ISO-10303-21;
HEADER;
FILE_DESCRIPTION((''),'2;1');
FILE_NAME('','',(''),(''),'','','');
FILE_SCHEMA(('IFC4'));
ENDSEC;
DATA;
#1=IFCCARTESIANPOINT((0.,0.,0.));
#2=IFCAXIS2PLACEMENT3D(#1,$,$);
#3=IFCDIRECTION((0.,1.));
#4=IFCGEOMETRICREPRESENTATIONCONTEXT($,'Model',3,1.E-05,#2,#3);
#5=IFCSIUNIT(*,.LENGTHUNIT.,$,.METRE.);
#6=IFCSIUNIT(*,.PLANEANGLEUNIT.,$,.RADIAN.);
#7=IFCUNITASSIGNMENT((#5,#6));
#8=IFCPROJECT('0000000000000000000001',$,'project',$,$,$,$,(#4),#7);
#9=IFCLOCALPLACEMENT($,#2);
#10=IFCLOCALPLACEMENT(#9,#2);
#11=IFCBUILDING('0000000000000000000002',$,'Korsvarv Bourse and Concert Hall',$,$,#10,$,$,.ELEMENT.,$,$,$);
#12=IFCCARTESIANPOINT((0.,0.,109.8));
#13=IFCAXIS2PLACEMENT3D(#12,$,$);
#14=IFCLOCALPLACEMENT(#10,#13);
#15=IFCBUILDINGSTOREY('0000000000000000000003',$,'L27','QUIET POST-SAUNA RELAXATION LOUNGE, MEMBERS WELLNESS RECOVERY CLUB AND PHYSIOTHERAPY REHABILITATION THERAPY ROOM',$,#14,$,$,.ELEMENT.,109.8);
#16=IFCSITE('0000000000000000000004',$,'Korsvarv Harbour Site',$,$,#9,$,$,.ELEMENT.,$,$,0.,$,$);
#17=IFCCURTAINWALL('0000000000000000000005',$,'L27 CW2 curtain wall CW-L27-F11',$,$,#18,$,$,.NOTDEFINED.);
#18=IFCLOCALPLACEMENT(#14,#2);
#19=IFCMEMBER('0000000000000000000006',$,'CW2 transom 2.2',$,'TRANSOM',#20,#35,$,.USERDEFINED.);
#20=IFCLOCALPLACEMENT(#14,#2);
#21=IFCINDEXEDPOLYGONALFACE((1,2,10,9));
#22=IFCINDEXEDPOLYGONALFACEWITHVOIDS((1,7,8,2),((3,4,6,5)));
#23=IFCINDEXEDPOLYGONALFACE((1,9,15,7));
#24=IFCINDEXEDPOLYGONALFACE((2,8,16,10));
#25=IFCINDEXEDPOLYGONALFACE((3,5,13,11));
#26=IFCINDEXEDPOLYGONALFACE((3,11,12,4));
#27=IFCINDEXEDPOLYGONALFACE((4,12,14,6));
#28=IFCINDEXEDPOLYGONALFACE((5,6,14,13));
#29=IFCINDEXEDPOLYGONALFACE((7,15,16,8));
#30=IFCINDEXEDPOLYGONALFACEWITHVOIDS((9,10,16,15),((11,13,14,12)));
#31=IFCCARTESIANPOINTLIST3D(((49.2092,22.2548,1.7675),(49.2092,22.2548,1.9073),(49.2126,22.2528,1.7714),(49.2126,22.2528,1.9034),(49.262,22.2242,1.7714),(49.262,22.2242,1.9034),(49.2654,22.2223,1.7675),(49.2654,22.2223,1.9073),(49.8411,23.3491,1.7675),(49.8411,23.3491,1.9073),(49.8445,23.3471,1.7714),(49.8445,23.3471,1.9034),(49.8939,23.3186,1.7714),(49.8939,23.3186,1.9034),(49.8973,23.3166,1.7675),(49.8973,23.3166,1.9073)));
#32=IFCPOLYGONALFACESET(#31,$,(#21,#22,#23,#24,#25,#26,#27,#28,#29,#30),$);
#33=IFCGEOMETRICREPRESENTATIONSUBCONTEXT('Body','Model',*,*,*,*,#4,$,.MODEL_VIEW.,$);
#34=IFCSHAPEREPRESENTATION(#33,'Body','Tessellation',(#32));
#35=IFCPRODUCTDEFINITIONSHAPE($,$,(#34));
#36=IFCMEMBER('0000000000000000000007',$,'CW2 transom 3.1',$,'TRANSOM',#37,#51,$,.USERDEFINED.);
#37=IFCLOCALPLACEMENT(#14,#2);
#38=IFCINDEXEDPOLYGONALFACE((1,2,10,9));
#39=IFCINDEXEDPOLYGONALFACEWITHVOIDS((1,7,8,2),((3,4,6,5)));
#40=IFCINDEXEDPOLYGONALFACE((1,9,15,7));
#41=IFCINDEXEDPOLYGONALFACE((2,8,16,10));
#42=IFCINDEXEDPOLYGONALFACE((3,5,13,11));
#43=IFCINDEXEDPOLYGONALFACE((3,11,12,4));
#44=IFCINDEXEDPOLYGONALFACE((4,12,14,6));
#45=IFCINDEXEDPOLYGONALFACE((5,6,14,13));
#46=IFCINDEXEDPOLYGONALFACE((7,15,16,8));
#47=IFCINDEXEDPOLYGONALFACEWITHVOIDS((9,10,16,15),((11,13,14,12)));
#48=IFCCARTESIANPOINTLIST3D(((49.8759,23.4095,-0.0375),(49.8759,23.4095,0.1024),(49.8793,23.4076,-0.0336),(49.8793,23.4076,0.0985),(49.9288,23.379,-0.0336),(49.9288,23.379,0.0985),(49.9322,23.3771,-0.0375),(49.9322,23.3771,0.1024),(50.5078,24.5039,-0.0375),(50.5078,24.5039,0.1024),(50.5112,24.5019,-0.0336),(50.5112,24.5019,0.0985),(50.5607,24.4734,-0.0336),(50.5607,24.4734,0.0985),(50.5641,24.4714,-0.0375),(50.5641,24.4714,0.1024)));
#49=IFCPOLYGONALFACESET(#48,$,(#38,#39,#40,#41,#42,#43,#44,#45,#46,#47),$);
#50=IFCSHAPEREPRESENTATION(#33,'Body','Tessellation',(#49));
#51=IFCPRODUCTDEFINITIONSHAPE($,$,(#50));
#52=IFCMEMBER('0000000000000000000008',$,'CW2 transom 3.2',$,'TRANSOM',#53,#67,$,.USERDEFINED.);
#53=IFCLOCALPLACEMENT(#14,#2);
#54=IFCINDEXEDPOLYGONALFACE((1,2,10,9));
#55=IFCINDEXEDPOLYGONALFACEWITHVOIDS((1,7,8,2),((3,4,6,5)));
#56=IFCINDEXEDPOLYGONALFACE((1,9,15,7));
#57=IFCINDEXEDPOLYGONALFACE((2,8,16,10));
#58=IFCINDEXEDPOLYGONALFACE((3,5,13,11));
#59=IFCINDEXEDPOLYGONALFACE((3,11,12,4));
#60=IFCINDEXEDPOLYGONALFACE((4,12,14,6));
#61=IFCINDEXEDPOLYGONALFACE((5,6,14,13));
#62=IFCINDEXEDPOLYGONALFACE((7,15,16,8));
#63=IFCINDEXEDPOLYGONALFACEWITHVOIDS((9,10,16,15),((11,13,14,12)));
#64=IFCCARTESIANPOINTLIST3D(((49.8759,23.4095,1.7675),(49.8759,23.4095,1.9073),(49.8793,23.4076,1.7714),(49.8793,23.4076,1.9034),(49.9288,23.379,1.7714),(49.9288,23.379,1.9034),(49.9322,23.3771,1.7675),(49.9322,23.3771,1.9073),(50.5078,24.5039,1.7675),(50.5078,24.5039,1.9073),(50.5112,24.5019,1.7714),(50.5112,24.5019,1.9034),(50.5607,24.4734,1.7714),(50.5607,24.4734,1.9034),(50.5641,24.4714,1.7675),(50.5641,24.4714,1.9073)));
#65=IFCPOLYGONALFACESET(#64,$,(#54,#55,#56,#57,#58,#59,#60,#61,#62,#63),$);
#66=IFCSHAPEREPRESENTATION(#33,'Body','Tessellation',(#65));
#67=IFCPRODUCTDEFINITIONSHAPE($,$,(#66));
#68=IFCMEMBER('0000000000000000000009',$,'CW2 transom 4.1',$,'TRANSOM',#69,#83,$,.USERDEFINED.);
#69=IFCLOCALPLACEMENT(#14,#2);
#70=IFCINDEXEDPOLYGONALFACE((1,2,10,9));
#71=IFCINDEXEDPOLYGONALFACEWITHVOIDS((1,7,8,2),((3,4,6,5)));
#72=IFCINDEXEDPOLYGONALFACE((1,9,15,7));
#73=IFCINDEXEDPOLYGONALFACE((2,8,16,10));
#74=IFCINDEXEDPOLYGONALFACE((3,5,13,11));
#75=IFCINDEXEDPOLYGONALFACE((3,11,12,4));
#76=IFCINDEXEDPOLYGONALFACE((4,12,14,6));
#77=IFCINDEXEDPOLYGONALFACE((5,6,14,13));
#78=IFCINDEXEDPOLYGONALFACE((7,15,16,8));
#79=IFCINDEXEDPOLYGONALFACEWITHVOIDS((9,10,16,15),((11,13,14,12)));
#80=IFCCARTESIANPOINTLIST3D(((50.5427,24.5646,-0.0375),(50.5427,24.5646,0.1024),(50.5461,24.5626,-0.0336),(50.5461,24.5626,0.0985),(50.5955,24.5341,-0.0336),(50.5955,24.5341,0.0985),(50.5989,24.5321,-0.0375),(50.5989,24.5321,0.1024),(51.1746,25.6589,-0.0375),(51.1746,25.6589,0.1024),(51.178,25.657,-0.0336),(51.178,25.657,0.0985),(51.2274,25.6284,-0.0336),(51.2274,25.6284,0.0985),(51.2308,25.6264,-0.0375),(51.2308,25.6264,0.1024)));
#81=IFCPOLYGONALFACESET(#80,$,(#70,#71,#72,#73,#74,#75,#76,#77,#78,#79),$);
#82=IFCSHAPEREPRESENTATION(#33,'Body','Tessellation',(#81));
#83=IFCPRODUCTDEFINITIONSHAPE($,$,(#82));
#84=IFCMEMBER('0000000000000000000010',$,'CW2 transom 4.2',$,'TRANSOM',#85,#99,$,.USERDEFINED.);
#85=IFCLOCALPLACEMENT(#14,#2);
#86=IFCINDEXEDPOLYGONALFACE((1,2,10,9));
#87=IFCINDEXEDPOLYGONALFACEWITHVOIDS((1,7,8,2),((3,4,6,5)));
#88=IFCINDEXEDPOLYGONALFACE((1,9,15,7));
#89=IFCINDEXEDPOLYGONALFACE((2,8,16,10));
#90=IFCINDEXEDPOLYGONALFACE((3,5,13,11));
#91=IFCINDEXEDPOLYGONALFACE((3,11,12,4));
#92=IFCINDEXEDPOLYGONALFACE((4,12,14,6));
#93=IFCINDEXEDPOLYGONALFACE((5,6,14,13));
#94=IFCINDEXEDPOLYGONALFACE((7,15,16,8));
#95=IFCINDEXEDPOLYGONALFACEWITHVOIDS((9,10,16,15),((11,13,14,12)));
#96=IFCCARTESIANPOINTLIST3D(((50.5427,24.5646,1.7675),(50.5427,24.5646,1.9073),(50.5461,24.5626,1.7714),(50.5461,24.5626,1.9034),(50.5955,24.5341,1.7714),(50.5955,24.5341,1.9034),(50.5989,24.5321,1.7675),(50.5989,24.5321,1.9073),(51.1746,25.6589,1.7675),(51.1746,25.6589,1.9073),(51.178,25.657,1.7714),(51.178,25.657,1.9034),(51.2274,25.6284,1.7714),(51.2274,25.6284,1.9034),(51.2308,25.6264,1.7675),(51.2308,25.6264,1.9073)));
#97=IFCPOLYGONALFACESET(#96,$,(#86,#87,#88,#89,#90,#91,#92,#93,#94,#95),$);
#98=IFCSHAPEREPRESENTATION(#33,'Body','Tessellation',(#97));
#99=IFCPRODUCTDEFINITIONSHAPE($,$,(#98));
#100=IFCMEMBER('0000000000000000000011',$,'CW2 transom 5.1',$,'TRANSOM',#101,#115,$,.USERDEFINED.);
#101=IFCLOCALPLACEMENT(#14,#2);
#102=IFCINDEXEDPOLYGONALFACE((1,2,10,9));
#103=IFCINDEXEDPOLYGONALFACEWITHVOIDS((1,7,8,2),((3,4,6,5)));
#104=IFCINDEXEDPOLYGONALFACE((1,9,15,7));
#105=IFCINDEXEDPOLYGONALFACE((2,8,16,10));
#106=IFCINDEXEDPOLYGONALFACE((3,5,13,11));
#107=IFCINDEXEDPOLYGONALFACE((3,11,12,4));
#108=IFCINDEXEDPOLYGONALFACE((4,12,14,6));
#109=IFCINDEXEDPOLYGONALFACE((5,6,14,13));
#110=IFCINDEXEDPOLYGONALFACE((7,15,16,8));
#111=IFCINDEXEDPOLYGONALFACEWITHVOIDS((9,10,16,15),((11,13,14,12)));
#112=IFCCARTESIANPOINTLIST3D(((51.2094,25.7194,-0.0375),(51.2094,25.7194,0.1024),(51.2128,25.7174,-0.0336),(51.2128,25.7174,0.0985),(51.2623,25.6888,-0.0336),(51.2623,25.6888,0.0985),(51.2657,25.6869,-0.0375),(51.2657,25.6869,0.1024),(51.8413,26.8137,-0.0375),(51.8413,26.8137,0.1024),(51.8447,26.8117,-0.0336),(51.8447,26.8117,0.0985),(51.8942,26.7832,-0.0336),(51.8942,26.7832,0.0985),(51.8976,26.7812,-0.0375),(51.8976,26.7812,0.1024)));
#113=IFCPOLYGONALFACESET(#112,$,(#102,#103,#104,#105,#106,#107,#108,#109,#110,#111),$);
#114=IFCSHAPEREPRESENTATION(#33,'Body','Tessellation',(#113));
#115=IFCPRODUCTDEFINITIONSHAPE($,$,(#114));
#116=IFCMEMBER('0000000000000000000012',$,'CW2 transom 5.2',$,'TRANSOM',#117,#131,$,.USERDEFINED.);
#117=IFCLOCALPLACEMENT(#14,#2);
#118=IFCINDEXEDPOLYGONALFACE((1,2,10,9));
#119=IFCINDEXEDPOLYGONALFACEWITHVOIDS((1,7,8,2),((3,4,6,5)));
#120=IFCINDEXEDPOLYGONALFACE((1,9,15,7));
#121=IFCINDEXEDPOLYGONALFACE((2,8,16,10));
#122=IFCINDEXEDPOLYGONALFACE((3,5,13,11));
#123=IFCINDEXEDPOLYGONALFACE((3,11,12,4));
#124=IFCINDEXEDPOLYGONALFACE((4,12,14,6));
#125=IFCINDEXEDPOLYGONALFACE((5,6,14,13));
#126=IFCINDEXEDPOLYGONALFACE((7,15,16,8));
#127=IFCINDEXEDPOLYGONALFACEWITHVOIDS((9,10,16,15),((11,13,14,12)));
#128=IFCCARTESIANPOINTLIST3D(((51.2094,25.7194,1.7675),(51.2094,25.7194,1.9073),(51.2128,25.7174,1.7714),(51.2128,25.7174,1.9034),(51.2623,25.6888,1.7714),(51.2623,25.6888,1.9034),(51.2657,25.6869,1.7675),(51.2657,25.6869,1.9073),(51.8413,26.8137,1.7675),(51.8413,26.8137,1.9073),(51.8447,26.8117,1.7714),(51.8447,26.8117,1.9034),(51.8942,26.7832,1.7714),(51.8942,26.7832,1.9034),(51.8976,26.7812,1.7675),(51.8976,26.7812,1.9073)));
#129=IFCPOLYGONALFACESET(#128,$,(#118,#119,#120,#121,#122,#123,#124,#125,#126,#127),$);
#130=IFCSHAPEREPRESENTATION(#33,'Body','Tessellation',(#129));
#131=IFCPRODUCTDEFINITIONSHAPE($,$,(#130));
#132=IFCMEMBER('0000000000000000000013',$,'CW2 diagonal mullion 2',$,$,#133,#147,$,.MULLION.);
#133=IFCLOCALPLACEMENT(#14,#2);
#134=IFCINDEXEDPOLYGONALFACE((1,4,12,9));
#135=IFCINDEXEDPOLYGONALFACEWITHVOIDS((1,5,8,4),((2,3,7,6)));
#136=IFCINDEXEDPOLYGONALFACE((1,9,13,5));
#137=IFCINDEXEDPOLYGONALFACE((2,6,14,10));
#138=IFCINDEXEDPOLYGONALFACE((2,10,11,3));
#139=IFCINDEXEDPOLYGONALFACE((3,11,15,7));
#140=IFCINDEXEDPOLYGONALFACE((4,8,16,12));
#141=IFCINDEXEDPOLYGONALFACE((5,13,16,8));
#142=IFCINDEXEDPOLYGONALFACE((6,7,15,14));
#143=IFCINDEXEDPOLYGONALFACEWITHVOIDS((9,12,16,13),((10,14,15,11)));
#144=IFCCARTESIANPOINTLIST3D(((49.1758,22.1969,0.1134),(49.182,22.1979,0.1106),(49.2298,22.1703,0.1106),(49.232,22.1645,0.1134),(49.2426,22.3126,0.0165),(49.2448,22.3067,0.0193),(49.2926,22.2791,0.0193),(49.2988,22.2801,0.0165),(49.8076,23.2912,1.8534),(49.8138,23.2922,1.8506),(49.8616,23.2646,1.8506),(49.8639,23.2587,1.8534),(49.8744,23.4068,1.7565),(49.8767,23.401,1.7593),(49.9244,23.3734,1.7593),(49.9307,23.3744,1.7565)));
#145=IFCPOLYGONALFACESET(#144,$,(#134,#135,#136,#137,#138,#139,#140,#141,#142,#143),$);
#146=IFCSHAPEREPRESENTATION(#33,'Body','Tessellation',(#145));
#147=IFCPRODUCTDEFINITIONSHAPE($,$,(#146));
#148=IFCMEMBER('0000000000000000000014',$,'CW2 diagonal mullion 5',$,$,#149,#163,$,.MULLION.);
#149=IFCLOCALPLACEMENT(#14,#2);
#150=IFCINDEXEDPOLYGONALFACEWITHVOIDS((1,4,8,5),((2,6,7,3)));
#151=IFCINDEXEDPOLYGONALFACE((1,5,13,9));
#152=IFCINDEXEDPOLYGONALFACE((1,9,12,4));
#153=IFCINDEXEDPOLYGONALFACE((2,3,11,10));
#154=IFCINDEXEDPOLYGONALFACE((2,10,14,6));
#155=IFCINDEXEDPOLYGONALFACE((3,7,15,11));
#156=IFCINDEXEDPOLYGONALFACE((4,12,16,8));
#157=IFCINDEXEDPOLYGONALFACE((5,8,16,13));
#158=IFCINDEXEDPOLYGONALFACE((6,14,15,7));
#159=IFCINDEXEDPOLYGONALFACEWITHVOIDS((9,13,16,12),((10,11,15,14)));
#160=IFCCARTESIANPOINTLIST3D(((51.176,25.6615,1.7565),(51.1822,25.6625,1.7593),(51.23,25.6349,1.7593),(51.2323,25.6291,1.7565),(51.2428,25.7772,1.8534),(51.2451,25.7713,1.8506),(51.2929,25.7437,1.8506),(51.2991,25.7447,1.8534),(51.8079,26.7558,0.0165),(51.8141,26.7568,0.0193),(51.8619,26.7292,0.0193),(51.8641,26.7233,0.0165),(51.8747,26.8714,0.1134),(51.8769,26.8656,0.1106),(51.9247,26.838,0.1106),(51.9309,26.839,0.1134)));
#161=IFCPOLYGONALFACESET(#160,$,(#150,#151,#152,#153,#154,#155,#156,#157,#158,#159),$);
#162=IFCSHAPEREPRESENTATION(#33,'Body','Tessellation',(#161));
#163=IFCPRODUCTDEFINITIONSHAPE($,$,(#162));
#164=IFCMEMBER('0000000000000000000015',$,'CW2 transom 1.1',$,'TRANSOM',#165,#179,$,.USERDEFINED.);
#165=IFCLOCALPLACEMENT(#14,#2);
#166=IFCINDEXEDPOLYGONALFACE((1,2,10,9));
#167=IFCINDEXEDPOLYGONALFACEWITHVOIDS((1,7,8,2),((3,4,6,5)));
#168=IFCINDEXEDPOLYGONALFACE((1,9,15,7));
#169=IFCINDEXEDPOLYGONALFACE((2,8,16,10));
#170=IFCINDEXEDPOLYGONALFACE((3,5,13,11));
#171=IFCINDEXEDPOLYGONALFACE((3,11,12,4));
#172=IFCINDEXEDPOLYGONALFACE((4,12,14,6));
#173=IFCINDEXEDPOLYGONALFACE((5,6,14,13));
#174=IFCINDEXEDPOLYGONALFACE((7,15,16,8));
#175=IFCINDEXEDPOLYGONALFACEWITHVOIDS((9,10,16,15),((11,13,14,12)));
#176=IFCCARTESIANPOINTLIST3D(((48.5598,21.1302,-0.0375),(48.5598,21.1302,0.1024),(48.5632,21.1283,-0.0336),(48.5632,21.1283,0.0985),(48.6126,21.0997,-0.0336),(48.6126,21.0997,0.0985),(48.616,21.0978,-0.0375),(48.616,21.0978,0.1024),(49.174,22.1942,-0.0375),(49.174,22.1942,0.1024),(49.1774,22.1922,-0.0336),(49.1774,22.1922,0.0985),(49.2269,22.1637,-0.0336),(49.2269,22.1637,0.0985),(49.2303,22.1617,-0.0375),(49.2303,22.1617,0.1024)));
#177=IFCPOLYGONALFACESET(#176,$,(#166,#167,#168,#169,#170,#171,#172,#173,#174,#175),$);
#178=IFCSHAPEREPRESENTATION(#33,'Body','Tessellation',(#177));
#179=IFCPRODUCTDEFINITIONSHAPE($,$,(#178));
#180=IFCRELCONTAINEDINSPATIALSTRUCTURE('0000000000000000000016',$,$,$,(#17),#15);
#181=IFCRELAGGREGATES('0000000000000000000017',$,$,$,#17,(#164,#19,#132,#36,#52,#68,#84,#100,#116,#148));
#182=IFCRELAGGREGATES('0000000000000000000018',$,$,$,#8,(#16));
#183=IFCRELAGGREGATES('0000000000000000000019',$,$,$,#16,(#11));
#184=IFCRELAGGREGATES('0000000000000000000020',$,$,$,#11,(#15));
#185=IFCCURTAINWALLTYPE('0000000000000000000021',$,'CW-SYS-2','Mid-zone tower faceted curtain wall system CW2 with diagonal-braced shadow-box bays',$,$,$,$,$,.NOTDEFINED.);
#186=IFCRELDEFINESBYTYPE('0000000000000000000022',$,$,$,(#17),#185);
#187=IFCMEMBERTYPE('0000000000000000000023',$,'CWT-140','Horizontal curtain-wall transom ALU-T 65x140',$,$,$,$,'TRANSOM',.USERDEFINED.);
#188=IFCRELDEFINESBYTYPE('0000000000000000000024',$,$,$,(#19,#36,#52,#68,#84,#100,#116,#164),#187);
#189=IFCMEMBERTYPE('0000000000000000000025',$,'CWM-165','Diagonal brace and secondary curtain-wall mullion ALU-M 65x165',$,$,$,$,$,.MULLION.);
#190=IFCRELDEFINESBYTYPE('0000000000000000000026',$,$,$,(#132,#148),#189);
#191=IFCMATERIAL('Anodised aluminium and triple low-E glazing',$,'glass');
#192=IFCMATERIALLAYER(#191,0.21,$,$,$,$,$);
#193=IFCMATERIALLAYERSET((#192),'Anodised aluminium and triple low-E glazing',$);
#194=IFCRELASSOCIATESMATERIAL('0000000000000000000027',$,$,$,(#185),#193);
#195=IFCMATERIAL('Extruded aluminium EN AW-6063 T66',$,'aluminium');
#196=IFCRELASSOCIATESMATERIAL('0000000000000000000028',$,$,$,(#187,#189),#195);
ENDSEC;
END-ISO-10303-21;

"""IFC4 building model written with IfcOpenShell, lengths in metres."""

from ifc_helpers import new_model, si_unit, direction, frame, origin, origin_2d, place, context, subcontext, project, spatial, hollow_rectangle, extrude, source, transform, mapped, material, layer, layer_set, material_profile, profile_set, type_object, element, aggregate, save


model = new_model("IFC4")

# Units and contexts
model_context = context("Model", 3, precision=1e-05, world=origin(), true_north=direction((0.0, 1.0)))
body_context = subcontext(model_context, "Body", "Model", "MODEL_VIEW")
ifc_project = project(units=[si_unit("LENGTHUNIT", "METRE"), si_unit("PLANEANGLEUNIT", "RADIAN")], contexts=[model_context])

# Site, building, storey
site_placement = place(None, origin())
site = spatial("IfcSite", under=ifc_project, at=site_placement, Name="Korsvarv Harbour Site", CompositionType="ELEMENT", RefElevation=0.0)
building_placement = place(site_placement, origin())
building = spatial("IfcBuilding", under=site, at=building_placement, Name="Korsvarv Bourse and Concert Hall", CompositionType="ELEMENT")
storey_placement = place(building_placement, frame((0.0, 0.0, 109.8)))
storey = spatial("IfcBuildingStorey", under=building, at=storey_placement, Name="L27", Description="QUIET POST-SAUNA RELAXATION LOUNGE, MEMBERS WELLNESS RECOVERY CLUB AND PHYSIOTHERAPY REHABILITATION THERAPY ROOM", CompositionType="ELEMENT", Elevation=109.8)

# Curtain wall, members
ifc_material_1 = material(Name="Anodised aluminium and triple low-E glazing", Category="glass")
ifc_layer_1 = layer(ifc_material_1, 0.21)
ifc_layer_set_1 = layer_set([ifc_layer_1], Name="Anodised aluminium and triple low-E glazing")
curtain_wall_type = type_object("IfcCurtainWallType", Name="CW-SYS-2", Description="Mid-zone tower faceted curtain wall system CW2 with diagonal-braced shadow-box bays", PredefinedType="NOTDEFINED", material=ifc_layer_set_1)
curtain_wall_placement = place(storey_placement, origin())
curtain_wall = element("IfcCurtainWall", 1, at=curtain_wall_placement, inside=storey, type_object=curtain_wall_type, Name="L27 CW2 curtain wall CW-L27-F11", PredefinedType="NOTDEFINED")
ifc_material_2 = material(Name="Extruded aluminium EN AW-6063 T66", Category="aluminium")
ifc_material_profile_1 = material_profile(ifc_material_2, hollow_rectangle(XDim=0.0649, YDim=0.1399, WallThickness=0.0039, at=origin_2d()), Name="ALU-T 65x140")
ifc_profile_set_1 = profile_set([ifc_material_profile_1], Name="Extruded aluminium EN AW-6063 T66")
member_type_1 = type_object("IfcMemberType", Name="CWT-140", Description="Horizontal curtain-wall transom ALU-T 65x140", ElementType="TRANSOM", PredefinedType="USERDEFINED", material=ifc_profile_set_1)
shared_shape_1 = source(origin(), body_context, "Body", "SweptSolid", [
    extrude(hollow_rectangle(XDim=0.0649, YDim=0.1399, WallThickness=0.0039, at=origin_2d()), origin(), (0.0, 0.0, 1.0), 1.2637),
])
member_1_placement = place(storey_placement, frame((49.2373, 22.2385, 1.8374), z_axis=(0.500046, 0.865999, 0.0), x_axis=(-0.865999, 0.500046, 0.0)))
member_1 = element("IfcMember", 2, at=member_1_placement, type_object=member_type_1, Name="CW2 transom 2.2", ObjectType="TRANSOM", PredefinedType="USERDEFINED", context=body_context, shape_type="MappedRepresentation", body=[
    mapped(shared_shape_1, transform((0.0, 0.0, 0.0), scale=1.0)),
])
member_2_placement = place(storey_placement, frame((49.9041, 23.3933, 0.0325), z_axis=(0.500046, 0.865999, 0.0), x_axis=(-0.865999, 0.500046, 0.0)))
member_2 = element("IfcMember", 3, at=member_2_placement, type_object=member_type_1, Name="CW2 transom 3.1", ObjectType="TRANSOM", PredefinedType="USERDEFINED", context=body_context, shape_type="MappedRepresentation", body=[
    mapped(shared_shape_1, transform((0.0, 0.0, 0.0), scale=1.0)),
])
member_3_placement = place(storey_placement, frame((49.9041, 23.3933, 1.8374), z_axis=(0.500046, 0.865999, 0.0), x_axis=(-0.865999, 0.500046, 0.0)))
member_3 = element("IfcMember", 4, at=member_3_placement, type_object=member_type_1, Name="CW2 transom 3.2", ObjectType="TRANSOM", PredefinedType="USERDEFINED", context=body_context, shape_type="MappedRepresentation", body=[
    mapped(shared_shape_1, transform((0.0, 0.0, 0.0), scale=1.0)),
])
member_4_placement = place(storey_placement, frame((50.5708, 24.5483, 0.0325), z_axis=(0.500046, 0.865999, 0.0), x_axis=(-0.865999, 0.500046, 0.0)))
member_4 = element("IfcMember", 5, at=member_4_placement, type_object=member_type_1, Name="CW2 transom 4.1", ObjectType="TRANSOM", PredefinedType="USERDEFINED", context=body_context, shape_type="MappedRepresentation", body=[
    mapped(shared_shape_1, transform((0.0, 0.0, 0.0), scale=1.0)),
])
member_5_placement = place(storey_placement, frame((50.5708, 24.5483, 1.8374), z_axis=(0.500046, 0.865999, 0.0), x_axis=(-0.865999, 0.500046, 0.0)))
member_5 = element("IfcMember", 6, at=member_5_placement, type_object=member_type_1, Name="CW2 transom 4.2", ObjectType="TRANSOM", PredefinedType="USERDEFINED", context=body_context, shape_type="MappedRepresentation", body=[
    mapped(shared_shape_1, transform((0.0, 0.0, 0.0), scale=1.0)),
])
member_6_placement = place(storey_placement, frame((51.2375, 25.7031, 0.0325), z_axis=(0.500046, 0.865999, 0.0), x_axis=(-0.865999, 0.500046, 0.0)))
member_6 = element("IfcMember", 7, at=member_6_placement, type_object=member_type_1, Name="CW2 transom 5.1", ObjectType="TRANSOM", PredefinedType="USERDEFINED", context=body_context, shape_type="MappedRepresentation", body=[
    mapped(shared_shape_1, transform((0.0, 0.0, 0.0), scale=1.0)),
])
member_7_placement = place(storey_placement, frame((51.2375, 25.7031, 1.8374), z_axis=(0.500046, 0.865999, 0.0), x_axis=(-0.865999, 0.500046, 0.0)))
member_7 = element("IfcMember", 8, at=member_7_placement, type_object=member_type_1, Name="CW2 transom 5.2", ObjectType="TRANSOM", PredefinedType="USERDEFINED", context=body_context, shape_type="MappedRepresentation", body=[
    mapped(shared_shape_1, transform((0.0, 0.0, 0.0), scale=1.0)),
])
ifc_material_profile_2 = material_profile(ifc_material_2, hollow_rectangle(XDim=0.0649, YDim=0.165, WallThickness=0.0049, at=origin_2d()), Name="ALU-M 65x165")
ifc_profile_set_2 = profile_set([ifc_material_profile_2], Name="Extruded aluminium EN AW-6063 T66")
member_type_2 = type_object("IfcMemberType", Name="CWM-165", Description="Diagonal brace and secondary curtain-wall mullion ALU-M 65x165", PredefinedType="MULLION", material=ifc_profile_set_2)
shared_shape_2 = source(origin(), body_context, "Body", "SweptSolid", [
    extrude(hollow_rectangle(XDim=0.0649, YDim=0.165, WallThickness=0.0049, at=origin_2d()), origin(), (0.0, 0.0, 1.0), 2.1504),
])
member_8_placement = place(storey_placement, frame((49.2373, 22.2385, 0.0649), z_axis=(0.293825, 0.508858, 0.809154), x_axis=(-0.865999, 0.500046, 0.0)))
member_8 = element("IfcMember", 9, at=member_8_placement, type_object=member_type_2, Name="CW2 diagonal mullion 2", PredefinedType="MULLION", context=body_context, shape_type="MappedRepresentation", body=[
    mapped(shared_shape_2, transform((0.0, 0.0, 0.0), scale=1.0)),
])
member_9_placement = place(storey_placement, frame((51.8694, 26.7974, 0.0649), z_axis=(-0.293825, -0.508858, 0.809154), x_axis=(0.865999, -0.500046, 0.0)))
member_9 = element("IfcMember", 10, at=member_9_placement, type_object=member_type_2, Name="CW2 diagonal mullion 5", PredefinedType="MULLION", context=body_context, shape_type="MappedRepresentation", body=[
    mapped(shared_shape_2, transform((0.0, 0.0, 0.0), scale=1.0)),
])
shared_shape_3 = source(origin(), body_context, "Body", "SweptSolid", [
    extrude(hollow_rectangle(XDim=0.0649, YDim=0.1399, WallThickness=0.0039, at=origin_2d()), origin(), (0.0, 0.0, 1.0), 1.2285),
])
member_10_placement = place(storey_placement, frame((48.5879, 21.114, 0.0325), z_axis=(0.499986, 0.866033, 0.0), x_axis=(-0.866033, 0.499986, 0.0)))
member_10 = element("IfcMember", 11, at=member_10_placement, type_object=member_type_1, Name="CW2 transom 1.1", ObjectType="TRANSOM", PredefinedType="USERDEFINED", context=body_context, shape_type="MappedRepresentation", body=[
    mapped(shared_shape_3, transform((0.0, 0.0, 0.0), scale=1.0)),
])
aggregate(curtain_wall, [member_10, member_1, member_8, member_2, member_3, member_4, member_5, member_6, member_7, member_9])

save(model, "model.ifc")
